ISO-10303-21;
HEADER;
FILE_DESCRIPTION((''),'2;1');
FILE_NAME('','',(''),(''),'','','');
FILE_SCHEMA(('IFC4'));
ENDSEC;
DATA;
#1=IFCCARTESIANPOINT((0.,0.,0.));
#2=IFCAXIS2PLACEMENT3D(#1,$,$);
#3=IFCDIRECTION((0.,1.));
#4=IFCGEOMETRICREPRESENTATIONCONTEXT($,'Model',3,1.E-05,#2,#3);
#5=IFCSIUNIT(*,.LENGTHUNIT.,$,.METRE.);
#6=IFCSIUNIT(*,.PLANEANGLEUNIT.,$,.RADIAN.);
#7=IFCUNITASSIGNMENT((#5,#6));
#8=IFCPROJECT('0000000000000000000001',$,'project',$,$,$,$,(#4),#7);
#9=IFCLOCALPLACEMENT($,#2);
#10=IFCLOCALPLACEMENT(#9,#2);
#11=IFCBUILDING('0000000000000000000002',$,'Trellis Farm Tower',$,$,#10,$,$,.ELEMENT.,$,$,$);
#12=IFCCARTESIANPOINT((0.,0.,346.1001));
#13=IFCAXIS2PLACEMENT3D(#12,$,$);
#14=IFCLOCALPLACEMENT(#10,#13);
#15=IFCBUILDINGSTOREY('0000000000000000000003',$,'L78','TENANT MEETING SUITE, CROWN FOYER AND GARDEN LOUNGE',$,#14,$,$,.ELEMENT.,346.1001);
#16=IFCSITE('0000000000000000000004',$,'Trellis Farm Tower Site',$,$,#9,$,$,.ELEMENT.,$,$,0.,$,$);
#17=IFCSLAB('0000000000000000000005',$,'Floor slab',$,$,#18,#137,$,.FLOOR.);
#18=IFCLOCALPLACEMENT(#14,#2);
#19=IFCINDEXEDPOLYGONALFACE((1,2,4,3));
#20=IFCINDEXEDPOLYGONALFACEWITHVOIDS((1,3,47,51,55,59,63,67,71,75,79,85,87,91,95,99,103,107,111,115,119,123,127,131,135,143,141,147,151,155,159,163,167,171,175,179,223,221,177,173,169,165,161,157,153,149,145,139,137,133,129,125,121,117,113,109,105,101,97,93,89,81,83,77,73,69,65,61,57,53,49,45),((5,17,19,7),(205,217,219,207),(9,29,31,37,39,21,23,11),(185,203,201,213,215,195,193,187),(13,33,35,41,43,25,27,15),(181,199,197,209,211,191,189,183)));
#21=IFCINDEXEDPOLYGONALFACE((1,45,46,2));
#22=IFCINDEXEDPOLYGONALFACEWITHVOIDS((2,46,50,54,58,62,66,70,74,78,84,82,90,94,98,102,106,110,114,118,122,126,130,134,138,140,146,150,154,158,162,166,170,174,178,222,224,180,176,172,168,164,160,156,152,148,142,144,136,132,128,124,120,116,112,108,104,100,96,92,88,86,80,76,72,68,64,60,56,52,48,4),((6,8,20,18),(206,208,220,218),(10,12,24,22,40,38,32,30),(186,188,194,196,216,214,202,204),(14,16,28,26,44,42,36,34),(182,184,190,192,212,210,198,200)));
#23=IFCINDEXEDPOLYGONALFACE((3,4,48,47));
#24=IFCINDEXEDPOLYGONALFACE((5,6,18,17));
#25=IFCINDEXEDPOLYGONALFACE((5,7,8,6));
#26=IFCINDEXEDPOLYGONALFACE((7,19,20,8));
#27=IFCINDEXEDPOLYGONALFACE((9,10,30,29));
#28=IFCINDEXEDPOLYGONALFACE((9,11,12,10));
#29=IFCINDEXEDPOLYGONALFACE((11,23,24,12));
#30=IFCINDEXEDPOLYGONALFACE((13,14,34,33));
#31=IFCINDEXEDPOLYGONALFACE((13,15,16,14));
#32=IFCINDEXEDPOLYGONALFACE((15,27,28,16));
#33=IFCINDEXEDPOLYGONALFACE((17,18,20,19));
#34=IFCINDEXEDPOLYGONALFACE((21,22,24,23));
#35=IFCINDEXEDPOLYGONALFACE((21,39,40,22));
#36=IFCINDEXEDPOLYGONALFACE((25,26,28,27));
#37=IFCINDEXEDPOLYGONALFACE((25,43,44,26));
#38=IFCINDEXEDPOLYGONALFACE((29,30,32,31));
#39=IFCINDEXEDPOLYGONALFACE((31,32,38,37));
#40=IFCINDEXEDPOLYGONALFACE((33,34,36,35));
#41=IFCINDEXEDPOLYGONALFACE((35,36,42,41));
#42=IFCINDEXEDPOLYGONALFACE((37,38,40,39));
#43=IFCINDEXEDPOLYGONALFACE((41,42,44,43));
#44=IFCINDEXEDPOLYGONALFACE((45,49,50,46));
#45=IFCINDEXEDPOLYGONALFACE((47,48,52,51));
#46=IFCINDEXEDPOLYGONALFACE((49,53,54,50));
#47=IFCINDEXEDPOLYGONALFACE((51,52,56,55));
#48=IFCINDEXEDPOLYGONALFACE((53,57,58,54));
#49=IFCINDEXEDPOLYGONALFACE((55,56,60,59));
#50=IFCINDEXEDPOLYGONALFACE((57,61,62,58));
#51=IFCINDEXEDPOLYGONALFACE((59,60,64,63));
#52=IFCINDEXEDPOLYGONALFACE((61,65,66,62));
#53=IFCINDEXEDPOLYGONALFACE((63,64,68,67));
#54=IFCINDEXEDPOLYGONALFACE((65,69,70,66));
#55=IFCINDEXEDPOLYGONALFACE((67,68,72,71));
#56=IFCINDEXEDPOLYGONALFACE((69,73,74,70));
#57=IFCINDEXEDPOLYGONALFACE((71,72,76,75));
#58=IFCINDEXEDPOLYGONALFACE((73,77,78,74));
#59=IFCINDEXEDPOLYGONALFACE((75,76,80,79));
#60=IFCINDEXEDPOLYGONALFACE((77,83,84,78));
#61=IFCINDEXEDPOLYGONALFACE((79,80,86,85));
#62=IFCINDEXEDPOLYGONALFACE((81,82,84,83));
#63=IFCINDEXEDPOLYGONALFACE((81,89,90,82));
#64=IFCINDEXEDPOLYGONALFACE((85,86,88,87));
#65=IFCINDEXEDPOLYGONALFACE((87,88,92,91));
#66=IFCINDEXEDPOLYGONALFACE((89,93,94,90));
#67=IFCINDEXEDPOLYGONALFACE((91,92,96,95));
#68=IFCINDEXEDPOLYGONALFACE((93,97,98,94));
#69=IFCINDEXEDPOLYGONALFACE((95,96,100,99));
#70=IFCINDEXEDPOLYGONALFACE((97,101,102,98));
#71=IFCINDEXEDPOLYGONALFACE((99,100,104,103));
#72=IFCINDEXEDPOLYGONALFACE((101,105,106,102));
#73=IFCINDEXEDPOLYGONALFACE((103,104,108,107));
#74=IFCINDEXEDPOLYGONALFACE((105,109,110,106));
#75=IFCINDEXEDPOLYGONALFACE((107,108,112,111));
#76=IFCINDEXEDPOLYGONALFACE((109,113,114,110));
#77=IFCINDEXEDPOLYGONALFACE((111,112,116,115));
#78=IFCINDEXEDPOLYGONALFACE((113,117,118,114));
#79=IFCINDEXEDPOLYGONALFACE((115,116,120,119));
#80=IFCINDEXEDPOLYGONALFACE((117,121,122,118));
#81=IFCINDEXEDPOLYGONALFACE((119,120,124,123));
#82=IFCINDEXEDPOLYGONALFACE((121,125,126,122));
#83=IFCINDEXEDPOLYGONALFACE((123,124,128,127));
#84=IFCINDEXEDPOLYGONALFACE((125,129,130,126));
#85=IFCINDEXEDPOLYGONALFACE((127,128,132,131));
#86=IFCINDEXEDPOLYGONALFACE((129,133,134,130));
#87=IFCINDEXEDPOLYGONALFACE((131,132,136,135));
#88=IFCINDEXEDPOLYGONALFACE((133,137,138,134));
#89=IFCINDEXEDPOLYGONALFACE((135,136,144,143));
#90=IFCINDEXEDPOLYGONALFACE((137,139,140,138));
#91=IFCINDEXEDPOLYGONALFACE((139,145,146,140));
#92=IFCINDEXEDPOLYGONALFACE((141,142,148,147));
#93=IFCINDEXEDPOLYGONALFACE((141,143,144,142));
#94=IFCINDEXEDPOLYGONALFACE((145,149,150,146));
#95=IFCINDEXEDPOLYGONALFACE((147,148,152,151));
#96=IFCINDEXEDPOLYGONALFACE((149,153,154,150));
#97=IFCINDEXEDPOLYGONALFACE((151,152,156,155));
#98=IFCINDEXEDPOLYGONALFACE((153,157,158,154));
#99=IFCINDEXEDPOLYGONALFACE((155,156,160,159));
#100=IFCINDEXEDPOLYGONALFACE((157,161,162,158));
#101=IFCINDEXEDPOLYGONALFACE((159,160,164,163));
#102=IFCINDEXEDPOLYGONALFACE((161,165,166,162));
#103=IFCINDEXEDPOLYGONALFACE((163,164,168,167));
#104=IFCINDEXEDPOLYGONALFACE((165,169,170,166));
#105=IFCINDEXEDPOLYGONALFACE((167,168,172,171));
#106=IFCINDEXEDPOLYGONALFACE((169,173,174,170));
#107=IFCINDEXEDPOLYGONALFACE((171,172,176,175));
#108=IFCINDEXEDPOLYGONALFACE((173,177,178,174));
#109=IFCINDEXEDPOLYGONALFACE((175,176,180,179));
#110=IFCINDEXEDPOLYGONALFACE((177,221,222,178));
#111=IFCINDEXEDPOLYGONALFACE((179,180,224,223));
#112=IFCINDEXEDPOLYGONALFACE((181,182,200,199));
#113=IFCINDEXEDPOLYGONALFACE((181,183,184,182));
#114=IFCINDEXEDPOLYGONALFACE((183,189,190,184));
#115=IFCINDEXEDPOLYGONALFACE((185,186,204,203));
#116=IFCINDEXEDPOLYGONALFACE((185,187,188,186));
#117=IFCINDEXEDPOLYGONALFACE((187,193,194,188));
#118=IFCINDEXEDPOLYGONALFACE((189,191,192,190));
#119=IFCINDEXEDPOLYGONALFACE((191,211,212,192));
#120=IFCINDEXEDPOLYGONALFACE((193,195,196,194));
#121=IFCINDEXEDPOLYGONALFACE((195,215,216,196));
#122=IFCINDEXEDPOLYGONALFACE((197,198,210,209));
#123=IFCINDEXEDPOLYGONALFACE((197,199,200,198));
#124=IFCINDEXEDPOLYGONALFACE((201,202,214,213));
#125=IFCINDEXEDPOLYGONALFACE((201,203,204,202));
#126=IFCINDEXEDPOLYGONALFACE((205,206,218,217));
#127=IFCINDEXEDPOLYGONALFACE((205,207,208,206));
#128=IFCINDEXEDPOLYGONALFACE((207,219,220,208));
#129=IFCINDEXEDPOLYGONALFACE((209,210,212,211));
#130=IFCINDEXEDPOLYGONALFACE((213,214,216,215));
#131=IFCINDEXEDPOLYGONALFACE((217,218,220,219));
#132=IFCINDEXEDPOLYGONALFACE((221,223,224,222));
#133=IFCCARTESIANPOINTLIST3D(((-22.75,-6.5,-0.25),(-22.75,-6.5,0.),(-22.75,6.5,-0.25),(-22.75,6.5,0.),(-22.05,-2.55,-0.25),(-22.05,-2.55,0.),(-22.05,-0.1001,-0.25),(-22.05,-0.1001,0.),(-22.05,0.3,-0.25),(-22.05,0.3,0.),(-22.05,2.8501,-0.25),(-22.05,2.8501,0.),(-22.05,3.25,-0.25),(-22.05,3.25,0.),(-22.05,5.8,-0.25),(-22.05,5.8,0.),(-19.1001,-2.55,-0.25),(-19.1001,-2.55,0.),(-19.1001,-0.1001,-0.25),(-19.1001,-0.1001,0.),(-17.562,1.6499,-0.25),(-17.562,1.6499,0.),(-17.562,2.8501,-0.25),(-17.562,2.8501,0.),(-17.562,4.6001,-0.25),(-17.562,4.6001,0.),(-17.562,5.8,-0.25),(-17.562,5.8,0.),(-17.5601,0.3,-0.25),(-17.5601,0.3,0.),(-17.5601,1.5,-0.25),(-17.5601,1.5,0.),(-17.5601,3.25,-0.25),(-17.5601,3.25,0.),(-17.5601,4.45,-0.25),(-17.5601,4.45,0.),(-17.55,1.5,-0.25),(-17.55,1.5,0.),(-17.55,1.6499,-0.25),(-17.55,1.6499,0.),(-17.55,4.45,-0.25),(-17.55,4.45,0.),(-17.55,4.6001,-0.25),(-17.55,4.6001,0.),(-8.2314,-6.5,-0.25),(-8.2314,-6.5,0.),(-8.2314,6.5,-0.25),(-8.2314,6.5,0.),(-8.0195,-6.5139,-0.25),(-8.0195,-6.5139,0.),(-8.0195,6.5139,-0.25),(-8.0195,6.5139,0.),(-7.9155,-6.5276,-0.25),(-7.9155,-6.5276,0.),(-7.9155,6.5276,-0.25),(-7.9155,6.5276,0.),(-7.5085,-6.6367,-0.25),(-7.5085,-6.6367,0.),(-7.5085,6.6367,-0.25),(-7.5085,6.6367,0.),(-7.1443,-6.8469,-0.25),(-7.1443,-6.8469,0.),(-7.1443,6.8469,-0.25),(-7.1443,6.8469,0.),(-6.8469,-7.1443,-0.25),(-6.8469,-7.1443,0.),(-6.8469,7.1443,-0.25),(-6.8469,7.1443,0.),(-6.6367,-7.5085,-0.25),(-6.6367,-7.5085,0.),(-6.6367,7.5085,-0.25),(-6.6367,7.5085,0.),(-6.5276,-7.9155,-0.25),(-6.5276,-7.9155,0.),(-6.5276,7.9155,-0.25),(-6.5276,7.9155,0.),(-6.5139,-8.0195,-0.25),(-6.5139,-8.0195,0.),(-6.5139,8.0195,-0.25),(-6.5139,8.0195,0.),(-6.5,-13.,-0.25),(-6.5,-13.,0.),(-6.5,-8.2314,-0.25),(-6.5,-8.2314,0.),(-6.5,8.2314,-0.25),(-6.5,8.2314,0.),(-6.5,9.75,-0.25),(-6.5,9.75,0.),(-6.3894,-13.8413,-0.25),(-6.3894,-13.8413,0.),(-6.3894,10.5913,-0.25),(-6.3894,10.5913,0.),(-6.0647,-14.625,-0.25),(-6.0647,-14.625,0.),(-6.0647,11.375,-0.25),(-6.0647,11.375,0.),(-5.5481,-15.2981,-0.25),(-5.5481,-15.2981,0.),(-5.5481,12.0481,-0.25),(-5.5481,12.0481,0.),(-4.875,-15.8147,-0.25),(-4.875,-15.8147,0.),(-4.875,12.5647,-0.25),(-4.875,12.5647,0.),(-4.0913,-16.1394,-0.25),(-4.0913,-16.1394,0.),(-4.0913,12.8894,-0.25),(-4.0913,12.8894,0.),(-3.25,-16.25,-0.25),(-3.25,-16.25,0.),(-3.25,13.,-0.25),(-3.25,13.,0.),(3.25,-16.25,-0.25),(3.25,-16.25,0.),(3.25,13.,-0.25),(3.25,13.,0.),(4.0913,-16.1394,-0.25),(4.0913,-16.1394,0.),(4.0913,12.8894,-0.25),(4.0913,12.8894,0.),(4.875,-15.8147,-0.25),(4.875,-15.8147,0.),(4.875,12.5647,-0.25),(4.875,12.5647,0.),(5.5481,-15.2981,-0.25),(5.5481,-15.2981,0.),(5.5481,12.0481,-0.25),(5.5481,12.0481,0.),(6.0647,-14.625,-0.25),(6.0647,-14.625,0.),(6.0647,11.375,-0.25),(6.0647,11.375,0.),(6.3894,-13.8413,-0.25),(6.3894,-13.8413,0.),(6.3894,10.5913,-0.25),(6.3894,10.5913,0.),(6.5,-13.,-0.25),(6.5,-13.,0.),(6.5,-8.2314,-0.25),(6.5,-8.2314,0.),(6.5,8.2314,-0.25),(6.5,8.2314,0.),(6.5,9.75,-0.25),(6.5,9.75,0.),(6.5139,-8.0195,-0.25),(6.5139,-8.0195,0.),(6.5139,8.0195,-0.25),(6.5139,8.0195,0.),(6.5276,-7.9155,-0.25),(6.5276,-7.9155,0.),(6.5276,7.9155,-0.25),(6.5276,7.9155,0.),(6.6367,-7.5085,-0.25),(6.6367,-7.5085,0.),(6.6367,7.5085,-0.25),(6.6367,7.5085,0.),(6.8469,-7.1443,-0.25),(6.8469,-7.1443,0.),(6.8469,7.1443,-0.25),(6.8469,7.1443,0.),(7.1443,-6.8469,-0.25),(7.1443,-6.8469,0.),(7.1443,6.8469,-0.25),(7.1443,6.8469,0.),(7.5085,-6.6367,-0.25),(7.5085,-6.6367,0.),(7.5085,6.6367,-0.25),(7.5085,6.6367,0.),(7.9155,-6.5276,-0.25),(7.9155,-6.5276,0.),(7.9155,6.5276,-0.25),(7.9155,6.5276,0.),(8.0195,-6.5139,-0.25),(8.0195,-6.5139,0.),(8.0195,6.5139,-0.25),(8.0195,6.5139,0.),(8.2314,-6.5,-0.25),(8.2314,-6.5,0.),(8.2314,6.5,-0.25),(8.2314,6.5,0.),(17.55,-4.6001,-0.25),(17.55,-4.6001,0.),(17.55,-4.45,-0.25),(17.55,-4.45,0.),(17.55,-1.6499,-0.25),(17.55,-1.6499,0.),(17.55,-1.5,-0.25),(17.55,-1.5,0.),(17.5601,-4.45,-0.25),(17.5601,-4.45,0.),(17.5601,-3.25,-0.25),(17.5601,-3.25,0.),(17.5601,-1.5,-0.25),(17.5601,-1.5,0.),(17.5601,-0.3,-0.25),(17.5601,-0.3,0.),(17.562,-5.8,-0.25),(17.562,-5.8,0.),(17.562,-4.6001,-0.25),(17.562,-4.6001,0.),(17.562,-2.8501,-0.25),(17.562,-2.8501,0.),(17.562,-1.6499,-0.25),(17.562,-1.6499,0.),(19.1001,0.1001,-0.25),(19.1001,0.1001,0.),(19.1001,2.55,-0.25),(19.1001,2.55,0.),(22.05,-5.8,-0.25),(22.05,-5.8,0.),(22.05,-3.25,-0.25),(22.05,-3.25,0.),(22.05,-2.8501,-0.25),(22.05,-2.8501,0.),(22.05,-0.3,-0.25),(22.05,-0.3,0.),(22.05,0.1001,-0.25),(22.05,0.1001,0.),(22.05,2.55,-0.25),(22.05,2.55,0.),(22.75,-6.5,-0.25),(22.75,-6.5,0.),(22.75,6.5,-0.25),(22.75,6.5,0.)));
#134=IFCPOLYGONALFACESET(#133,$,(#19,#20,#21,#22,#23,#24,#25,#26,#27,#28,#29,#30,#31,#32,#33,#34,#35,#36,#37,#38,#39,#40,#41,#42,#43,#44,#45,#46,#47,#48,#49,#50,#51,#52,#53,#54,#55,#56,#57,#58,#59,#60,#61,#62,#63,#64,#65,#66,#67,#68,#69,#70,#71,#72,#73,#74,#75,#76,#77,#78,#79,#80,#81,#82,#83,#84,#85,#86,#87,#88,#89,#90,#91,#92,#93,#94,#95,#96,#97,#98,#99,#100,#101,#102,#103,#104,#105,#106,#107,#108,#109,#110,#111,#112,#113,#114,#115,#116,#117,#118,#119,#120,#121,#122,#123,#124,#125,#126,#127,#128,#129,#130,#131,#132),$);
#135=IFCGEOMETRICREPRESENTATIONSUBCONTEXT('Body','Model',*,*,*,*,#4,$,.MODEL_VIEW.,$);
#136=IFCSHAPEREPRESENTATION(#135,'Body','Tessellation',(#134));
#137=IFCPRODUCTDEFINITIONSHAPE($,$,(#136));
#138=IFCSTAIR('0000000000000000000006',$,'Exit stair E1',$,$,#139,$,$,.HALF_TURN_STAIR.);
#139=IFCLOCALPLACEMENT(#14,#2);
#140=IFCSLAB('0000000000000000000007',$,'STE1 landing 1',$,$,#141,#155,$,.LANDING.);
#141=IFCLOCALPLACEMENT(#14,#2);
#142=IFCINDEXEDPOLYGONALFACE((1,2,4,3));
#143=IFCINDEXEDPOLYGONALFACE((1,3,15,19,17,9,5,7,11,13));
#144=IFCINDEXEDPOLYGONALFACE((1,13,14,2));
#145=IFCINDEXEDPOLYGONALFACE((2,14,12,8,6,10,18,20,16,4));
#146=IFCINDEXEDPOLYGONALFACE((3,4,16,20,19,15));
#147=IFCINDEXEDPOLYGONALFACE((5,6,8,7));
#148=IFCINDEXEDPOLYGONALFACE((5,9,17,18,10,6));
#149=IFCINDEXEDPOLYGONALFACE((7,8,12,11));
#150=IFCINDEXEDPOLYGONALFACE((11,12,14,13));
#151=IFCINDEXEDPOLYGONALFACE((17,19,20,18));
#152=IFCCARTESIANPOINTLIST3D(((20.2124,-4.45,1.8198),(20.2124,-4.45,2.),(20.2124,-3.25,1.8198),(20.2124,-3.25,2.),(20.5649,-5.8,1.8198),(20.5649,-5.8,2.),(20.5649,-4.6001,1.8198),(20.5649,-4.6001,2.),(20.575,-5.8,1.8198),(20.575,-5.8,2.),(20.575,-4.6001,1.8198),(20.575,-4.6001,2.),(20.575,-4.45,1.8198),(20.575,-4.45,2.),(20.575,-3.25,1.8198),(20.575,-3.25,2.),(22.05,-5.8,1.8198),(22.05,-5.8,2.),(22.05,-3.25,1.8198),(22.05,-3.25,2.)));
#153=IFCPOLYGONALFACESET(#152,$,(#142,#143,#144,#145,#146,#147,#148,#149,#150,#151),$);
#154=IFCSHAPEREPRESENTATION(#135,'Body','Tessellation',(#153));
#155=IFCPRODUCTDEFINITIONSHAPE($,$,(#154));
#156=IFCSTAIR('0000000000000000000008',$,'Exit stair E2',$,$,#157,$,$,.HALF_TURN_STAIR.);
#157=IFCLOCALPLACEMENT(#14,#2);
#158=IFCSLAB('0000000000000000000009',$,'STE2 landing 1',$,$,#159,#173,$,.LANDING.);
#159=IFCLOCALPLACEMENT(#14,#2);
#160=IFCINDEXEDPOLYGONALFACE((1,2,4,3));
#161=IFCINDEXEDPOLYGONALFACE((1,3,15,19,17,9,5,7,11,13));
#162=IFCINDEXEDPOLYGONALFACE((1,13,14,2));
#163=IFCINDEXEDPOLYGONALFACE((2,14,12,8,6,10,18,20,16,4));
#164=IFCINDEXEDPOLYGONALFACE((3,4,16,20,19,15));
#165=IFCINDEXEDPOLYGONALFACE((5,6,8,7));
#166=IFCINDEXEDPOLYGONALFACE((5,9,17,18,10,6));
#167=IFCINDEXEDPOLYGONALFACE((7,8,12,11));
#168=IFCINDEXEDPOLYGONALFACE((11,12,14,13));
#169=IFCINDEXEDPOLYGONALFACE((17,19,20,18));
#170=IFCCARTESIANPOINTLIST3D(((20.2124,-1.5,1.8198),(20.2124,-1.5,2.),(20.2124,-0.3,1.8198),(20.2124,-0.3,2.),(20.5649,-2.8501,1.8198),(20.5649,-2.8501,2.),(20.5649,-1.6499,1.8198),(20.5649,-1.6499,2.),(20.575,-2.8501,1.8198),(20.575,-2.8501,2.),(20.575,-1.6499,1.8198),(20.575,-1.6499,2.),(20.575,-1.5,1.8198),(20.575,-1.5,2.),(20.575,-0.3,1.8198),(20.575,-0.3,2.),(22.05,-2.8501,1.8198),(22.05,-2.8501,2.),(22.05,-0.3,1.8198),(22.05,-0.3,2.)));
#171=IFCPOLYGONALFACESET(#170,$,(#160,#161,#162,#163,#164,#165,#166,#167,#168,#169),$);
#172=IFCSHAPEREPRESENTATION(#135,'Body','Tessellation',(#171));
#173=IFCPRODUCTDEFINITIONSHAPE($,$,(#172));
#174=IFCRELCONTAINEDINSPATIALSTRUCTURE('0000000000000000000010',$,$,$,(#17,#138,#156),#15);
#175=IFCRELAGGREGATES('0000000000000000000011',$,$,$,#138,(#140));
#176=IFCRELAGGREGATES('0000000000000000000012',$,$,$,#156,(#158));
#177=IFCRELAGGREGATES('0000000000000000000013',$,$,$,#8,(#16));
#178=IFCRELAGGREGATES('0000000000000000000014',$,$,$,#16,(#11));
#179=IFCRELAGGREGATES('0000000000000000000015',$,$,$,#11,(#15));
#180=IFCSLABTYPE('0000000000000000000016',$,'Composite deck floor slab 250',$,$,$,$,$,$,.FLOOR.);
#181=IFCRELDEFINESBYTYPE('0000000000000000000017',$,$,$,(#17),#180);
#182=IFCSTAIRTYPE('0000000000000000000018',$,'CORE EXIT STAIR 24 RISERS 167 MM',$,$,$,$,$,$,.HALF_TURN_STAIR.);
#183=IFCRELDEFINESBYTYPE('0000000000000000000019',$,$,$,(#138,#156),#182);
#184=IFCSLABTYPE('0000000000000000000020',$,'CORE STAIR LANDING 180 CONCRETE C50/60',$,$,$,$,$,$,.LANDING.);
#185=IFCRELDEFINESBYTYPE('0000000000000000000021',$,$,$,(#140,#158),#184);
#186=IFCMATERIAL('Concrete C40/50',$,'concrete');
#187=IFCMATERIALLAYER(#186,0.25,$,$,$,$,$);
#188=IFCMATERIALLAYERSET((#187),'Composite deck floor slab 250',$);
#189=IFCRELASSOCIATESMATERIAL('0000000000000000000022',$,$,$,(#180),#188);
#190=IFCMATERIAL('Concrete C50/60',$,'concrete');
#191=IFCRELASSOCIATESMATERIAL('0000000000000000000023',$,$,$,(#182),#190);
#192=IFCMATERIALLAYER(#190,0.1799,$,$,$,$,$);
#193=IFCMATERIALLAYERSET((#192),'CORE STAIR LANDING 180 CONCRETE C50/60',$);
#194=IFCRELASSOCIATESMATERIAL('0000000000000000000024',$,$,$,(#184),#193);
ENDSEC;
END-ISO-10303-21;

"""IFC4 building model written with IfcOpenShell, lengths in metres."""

from ifc_helpers import new_model, si_unit, direction, frame, origin, place, context, subcontext, project, spatial, polyline, outline, extrude, source, transform, mapped, material, layer, layer_set, type_object, element, aggregate, save


model = new_model("IFC4")

# Units and contexts
model_context = context("Model", 3, precision=1e-05, world=origin(), true_north=direction((0.0, 1.0)))
body_context = subcontext(model_context, "Body", "Model", "MODEL_VIEW")
ifc_project = project(units=[si_unit("LENGTHUNIT", "METRE"), si_unit("PLANEANGLEUNIT", "RADIAN")], contexts=[model_context])

# Site, building, storey
site_placement = place(None, origin())
site = spatial("IfcSite", under=ifc_project, at=site_placement, Name="Trellis Farm Tower Site", CompositionType="ELEMENT", RefElevation=0.0)
building_placement = place(site_placement, origin())
building = spatial("IfcBuilding", under=site, at=building_placement, Name="Trellis Farm Tower", CompositionType="ELEMENT")
storey_placement = place(building_placement, frame((0.0, 0.0, 346.1001)))
storey = spatial("IfcBuildingStorey", under=building, at=storey_placement, Name="L78", Description="TENANT MEETING SUITE, CROWN FOYER AND GARDEN LOUNGE", CompositionType="ELEMENT", Elevation=346.1001)

# Shared definitions
ifc_material_1 = material(Name="Concrete C50/60", Category="concrete")

# Shared definitions
placement_1 = place(storey_placement, origin())

# Slab
ifc_material_2 = material(Name="Concrete C40/50", Category="concrete")
placement_2 = place(storey_placement, frame((0.0, 0.0, -0.25)))
ifc_layer_1 = layer(ifc_material_2, 0.25)
ifc_layer_set_1 = layer_set([ifc_layer_1], Name="Composite deck floor slab 250")
slab_type_1 = type_object("IfcSlabType", Name="Composite deck floor slab 250", PredefinedType="FLOOR", material=ifc_layer_set_1)
shared_shape_1 = source(origin(), body_context, "Body", "SweptSolid", [
    extrude(outline(polyline([(-22.75, 6.5), (-8.2314, 6.5), (-8.0195, 6.5139), (-7.9155, 6.5276), (-7.5085, 6.6367), (-7.1443, 6.8469), (-6.8469, 7.1443), (-6.6367, 7.5085), (-6.5276, 7.9155), (-6.5139, 8.0195), (-6.5, 8.2314), (-6.5, 9.75), (-6.3894, 10.5913), (-6.0647, 11.375), (-5.5481, 12.0481), (-4.875, 12.5647), (-4.0913, 12.8894), (-3.25, 13.0), (3.25, 13.0), (4.0913, 12.8894), (4.875, 12.5647), (5.5481, 12.0481), (6.0647, 11.375), (6.3894, 10.5913), (6.5, 9.75), (6.5, 8.2314), (6.5139, 8.0195), (6.5276, 7.9155), (6.6367, 7.5085), (6.8469, 7.1443), (7.1443, 6.8469), (7.5085, 6.6367), (7.9155, 6.5276), (8.0195, 6.5139), (8.2314, 6.5), (22.75, 6.5), (22.75, -6.5), (8.2314, -6.5), (8.0195, -6.5139), (7.9155, -6.5276), (7.5085, -6.6367), (7.1443, -6.8469), (6.8469, -7.1443), (6.6367, -7.5085), (6.5276, -7.9155), (6.5139, -8.0195), (6.5, -8.2314), (6.5, -13.0), (6.3894, -13.8413), (6.0647, -14.625), (5.5481, -15.2981), (4.875, -15.8147), (4.0913, -16.1394), (3.25, -16.25), (-3.25, -16.25), (-4.0913, -16.1394), (-4.875, -15.8147), (-5.5481, -15.2981), (-6.0647, -14.625), (-6.3894, -13.8413), (-6.5, -13.0), (-6.5, -8.2314), (-6.5139, -8.0195), (-6.5276, -7.9155), (-6.6367, -7.5085), (-6.8469, -7.1443), (-7.1443, -6.8469), (-7.5085, -6.6367), (-7.9155, -6.5276), (-8.0195, -6.5139), (-8.2314, -6.5), (-22.75, -6.5), (-22.75, 6.5)]), holes=[polyline([(22.05, -5.8), (22.05, -3.25), (17.5601, -3.25), (17.5601, -4.45), (17.55, -4.45), (17.55, -4.6001), (17.562, -4.6001), (17.562, -5.8), (22.05, -5.8)]), polyline([(17.562, -2.8501), (22.05, -2.8501), (22.05, -0.3), (17.5601, -0.3), (17.5601, -1.5), (17.55, -1.5), (17.55, -1.6499), (17.562, -1.6499), (17.562, -2.8501)]), polyline([(-22.05, -2.55), (-19.1001, -2.55), (-19.1001, -0.1001), (-22.05, -0.1001), (-22.05, -2.55)]), polyline([(19.1001, 2.55), (19.1001, 0.1001), (22.05, 0.1001), (22.05, 2.55), (19.1001, 2.55)]), polyline([(-17.562, 2.8501), (-22.05, 2.8501), (-22.05, 0.3), (-17.5601, 0.3), (-17.5601, 1.5), (-17.55, 1.5), (-17.55, 1.6499), (-17.562, 1.6499), (-17.562, 2.8501)]), polyline([(-17.562, 5.8), (-22.05, 5.8), (-22.05, 3.25), (-17.5601, 3.25), (-17.5601, 4.45), (-17.55, 4.45), (-17.55, 4.6001), (-17.562, 4.6001), (-17.562, 5.8)])]), origin(), (0.0, 0.0, 1.0), 0.25),
])
element("IfcSlab", 1, at=placement_2, inside=storey, type_object=slab_type_1, Name="Floor slab", PredefinedType="FLOOR", context=body_context, shape_type="MappedRepresentation", body=[
    mapped(shared_shape_1, transform((0.0, 0.0, 0.0))),
])

# Stairs, slabs
stair_type = type_object("IfcStairType", Name="CORE EXIT STAIR 24 RISERS 167 MM", PredefinedType="HALF_TURN_STAIR", material=ifc_material_1)
stair_1 = element("IfcStair", 2, at=placement_1, inside=storey, type_object=stair_type, Name="Exit stair E1", PredefinedType="HALF_TURN_STAIR")
ifc_layer_2 = layer(ifc_material_1, 0.1799)
ifc_layer_set_2 = layer_set([ifc_layer_2], Name="CORE STAIR LANDING 180 CONCRETE C50/60")
slab_type_2 = type_object("IfcSlabType", Name="CORE STAIR LANDING 180 CONCRETE C50/60", PredefinedType="LANDING", material=ifc_layer_set_2)
shared_shape_2 = source(origin(), body_context, "Body", "SweptSolid", [
    extrude(outline(polyline([(20.5649, -5.8), (20.5649, -4.6001), (20.575, -4.6001), (20.575, -4.45), (20.2124, -4.45), (20.2124, -3.25), (20.575, -3.25), (22.05, -3.25), (22.05, -5.8), (20.575, -5.8), (20.5649, -5.8)])), origin(), (0.0, 0.0, 1.0), 0.1802),
])
placement_3 = place(storey_placement, frame((0.0, 0.0, 1.8198)))
slab_1 = element("IfcSlab", 3, at=placement_3, type_object=slab_type_2, Name="STE1 landing 1", PredefinedType="LANDING", context=body_context, shape_type="MappedRepresentation", body=[
    mapped(shared_shape_2, transform((0.0, 0.0, 0.0))),
])
aggregate(stair_1, [slab_1])
stair_2 = element("IfcStair", 4, at=placement_1, inside=storey, type_object=stair_type, Name="Exit stair E2", PredefinedType="HALF_TURN_STAIR")
shared_shape_3 = source(origin(), body_context, "Body", "SweptSolid", [
    extrude(outline(polyline([(20.5649, -2.8501), (20.5649, -1.6499), (20.575, -1.6499), (20.575, -1.5), (20.2124, -1.5), (20.2124, -0.3), (20.575, -0.3), (22.05, -0.3), (22.05, -2.8501), (20.575, -2.8501), (20.5649, -2.8501)])), origin(), (0.0, 0.0, 1.0), 0.1802),
])
slab_2 = element("IfcSlab", 5, at=placement_3, type_object=slab_type_2, Name="STE2 landing 1", PredefinedType="LANDING", context=body_context, shape_type="MappedRepresentation", body=[
    mapped(shared_shape_3, transform((0.0, 0.0, 0.0))),
])
aggregate(stair_2, [slab_2])

save(model, "model.ifc")
